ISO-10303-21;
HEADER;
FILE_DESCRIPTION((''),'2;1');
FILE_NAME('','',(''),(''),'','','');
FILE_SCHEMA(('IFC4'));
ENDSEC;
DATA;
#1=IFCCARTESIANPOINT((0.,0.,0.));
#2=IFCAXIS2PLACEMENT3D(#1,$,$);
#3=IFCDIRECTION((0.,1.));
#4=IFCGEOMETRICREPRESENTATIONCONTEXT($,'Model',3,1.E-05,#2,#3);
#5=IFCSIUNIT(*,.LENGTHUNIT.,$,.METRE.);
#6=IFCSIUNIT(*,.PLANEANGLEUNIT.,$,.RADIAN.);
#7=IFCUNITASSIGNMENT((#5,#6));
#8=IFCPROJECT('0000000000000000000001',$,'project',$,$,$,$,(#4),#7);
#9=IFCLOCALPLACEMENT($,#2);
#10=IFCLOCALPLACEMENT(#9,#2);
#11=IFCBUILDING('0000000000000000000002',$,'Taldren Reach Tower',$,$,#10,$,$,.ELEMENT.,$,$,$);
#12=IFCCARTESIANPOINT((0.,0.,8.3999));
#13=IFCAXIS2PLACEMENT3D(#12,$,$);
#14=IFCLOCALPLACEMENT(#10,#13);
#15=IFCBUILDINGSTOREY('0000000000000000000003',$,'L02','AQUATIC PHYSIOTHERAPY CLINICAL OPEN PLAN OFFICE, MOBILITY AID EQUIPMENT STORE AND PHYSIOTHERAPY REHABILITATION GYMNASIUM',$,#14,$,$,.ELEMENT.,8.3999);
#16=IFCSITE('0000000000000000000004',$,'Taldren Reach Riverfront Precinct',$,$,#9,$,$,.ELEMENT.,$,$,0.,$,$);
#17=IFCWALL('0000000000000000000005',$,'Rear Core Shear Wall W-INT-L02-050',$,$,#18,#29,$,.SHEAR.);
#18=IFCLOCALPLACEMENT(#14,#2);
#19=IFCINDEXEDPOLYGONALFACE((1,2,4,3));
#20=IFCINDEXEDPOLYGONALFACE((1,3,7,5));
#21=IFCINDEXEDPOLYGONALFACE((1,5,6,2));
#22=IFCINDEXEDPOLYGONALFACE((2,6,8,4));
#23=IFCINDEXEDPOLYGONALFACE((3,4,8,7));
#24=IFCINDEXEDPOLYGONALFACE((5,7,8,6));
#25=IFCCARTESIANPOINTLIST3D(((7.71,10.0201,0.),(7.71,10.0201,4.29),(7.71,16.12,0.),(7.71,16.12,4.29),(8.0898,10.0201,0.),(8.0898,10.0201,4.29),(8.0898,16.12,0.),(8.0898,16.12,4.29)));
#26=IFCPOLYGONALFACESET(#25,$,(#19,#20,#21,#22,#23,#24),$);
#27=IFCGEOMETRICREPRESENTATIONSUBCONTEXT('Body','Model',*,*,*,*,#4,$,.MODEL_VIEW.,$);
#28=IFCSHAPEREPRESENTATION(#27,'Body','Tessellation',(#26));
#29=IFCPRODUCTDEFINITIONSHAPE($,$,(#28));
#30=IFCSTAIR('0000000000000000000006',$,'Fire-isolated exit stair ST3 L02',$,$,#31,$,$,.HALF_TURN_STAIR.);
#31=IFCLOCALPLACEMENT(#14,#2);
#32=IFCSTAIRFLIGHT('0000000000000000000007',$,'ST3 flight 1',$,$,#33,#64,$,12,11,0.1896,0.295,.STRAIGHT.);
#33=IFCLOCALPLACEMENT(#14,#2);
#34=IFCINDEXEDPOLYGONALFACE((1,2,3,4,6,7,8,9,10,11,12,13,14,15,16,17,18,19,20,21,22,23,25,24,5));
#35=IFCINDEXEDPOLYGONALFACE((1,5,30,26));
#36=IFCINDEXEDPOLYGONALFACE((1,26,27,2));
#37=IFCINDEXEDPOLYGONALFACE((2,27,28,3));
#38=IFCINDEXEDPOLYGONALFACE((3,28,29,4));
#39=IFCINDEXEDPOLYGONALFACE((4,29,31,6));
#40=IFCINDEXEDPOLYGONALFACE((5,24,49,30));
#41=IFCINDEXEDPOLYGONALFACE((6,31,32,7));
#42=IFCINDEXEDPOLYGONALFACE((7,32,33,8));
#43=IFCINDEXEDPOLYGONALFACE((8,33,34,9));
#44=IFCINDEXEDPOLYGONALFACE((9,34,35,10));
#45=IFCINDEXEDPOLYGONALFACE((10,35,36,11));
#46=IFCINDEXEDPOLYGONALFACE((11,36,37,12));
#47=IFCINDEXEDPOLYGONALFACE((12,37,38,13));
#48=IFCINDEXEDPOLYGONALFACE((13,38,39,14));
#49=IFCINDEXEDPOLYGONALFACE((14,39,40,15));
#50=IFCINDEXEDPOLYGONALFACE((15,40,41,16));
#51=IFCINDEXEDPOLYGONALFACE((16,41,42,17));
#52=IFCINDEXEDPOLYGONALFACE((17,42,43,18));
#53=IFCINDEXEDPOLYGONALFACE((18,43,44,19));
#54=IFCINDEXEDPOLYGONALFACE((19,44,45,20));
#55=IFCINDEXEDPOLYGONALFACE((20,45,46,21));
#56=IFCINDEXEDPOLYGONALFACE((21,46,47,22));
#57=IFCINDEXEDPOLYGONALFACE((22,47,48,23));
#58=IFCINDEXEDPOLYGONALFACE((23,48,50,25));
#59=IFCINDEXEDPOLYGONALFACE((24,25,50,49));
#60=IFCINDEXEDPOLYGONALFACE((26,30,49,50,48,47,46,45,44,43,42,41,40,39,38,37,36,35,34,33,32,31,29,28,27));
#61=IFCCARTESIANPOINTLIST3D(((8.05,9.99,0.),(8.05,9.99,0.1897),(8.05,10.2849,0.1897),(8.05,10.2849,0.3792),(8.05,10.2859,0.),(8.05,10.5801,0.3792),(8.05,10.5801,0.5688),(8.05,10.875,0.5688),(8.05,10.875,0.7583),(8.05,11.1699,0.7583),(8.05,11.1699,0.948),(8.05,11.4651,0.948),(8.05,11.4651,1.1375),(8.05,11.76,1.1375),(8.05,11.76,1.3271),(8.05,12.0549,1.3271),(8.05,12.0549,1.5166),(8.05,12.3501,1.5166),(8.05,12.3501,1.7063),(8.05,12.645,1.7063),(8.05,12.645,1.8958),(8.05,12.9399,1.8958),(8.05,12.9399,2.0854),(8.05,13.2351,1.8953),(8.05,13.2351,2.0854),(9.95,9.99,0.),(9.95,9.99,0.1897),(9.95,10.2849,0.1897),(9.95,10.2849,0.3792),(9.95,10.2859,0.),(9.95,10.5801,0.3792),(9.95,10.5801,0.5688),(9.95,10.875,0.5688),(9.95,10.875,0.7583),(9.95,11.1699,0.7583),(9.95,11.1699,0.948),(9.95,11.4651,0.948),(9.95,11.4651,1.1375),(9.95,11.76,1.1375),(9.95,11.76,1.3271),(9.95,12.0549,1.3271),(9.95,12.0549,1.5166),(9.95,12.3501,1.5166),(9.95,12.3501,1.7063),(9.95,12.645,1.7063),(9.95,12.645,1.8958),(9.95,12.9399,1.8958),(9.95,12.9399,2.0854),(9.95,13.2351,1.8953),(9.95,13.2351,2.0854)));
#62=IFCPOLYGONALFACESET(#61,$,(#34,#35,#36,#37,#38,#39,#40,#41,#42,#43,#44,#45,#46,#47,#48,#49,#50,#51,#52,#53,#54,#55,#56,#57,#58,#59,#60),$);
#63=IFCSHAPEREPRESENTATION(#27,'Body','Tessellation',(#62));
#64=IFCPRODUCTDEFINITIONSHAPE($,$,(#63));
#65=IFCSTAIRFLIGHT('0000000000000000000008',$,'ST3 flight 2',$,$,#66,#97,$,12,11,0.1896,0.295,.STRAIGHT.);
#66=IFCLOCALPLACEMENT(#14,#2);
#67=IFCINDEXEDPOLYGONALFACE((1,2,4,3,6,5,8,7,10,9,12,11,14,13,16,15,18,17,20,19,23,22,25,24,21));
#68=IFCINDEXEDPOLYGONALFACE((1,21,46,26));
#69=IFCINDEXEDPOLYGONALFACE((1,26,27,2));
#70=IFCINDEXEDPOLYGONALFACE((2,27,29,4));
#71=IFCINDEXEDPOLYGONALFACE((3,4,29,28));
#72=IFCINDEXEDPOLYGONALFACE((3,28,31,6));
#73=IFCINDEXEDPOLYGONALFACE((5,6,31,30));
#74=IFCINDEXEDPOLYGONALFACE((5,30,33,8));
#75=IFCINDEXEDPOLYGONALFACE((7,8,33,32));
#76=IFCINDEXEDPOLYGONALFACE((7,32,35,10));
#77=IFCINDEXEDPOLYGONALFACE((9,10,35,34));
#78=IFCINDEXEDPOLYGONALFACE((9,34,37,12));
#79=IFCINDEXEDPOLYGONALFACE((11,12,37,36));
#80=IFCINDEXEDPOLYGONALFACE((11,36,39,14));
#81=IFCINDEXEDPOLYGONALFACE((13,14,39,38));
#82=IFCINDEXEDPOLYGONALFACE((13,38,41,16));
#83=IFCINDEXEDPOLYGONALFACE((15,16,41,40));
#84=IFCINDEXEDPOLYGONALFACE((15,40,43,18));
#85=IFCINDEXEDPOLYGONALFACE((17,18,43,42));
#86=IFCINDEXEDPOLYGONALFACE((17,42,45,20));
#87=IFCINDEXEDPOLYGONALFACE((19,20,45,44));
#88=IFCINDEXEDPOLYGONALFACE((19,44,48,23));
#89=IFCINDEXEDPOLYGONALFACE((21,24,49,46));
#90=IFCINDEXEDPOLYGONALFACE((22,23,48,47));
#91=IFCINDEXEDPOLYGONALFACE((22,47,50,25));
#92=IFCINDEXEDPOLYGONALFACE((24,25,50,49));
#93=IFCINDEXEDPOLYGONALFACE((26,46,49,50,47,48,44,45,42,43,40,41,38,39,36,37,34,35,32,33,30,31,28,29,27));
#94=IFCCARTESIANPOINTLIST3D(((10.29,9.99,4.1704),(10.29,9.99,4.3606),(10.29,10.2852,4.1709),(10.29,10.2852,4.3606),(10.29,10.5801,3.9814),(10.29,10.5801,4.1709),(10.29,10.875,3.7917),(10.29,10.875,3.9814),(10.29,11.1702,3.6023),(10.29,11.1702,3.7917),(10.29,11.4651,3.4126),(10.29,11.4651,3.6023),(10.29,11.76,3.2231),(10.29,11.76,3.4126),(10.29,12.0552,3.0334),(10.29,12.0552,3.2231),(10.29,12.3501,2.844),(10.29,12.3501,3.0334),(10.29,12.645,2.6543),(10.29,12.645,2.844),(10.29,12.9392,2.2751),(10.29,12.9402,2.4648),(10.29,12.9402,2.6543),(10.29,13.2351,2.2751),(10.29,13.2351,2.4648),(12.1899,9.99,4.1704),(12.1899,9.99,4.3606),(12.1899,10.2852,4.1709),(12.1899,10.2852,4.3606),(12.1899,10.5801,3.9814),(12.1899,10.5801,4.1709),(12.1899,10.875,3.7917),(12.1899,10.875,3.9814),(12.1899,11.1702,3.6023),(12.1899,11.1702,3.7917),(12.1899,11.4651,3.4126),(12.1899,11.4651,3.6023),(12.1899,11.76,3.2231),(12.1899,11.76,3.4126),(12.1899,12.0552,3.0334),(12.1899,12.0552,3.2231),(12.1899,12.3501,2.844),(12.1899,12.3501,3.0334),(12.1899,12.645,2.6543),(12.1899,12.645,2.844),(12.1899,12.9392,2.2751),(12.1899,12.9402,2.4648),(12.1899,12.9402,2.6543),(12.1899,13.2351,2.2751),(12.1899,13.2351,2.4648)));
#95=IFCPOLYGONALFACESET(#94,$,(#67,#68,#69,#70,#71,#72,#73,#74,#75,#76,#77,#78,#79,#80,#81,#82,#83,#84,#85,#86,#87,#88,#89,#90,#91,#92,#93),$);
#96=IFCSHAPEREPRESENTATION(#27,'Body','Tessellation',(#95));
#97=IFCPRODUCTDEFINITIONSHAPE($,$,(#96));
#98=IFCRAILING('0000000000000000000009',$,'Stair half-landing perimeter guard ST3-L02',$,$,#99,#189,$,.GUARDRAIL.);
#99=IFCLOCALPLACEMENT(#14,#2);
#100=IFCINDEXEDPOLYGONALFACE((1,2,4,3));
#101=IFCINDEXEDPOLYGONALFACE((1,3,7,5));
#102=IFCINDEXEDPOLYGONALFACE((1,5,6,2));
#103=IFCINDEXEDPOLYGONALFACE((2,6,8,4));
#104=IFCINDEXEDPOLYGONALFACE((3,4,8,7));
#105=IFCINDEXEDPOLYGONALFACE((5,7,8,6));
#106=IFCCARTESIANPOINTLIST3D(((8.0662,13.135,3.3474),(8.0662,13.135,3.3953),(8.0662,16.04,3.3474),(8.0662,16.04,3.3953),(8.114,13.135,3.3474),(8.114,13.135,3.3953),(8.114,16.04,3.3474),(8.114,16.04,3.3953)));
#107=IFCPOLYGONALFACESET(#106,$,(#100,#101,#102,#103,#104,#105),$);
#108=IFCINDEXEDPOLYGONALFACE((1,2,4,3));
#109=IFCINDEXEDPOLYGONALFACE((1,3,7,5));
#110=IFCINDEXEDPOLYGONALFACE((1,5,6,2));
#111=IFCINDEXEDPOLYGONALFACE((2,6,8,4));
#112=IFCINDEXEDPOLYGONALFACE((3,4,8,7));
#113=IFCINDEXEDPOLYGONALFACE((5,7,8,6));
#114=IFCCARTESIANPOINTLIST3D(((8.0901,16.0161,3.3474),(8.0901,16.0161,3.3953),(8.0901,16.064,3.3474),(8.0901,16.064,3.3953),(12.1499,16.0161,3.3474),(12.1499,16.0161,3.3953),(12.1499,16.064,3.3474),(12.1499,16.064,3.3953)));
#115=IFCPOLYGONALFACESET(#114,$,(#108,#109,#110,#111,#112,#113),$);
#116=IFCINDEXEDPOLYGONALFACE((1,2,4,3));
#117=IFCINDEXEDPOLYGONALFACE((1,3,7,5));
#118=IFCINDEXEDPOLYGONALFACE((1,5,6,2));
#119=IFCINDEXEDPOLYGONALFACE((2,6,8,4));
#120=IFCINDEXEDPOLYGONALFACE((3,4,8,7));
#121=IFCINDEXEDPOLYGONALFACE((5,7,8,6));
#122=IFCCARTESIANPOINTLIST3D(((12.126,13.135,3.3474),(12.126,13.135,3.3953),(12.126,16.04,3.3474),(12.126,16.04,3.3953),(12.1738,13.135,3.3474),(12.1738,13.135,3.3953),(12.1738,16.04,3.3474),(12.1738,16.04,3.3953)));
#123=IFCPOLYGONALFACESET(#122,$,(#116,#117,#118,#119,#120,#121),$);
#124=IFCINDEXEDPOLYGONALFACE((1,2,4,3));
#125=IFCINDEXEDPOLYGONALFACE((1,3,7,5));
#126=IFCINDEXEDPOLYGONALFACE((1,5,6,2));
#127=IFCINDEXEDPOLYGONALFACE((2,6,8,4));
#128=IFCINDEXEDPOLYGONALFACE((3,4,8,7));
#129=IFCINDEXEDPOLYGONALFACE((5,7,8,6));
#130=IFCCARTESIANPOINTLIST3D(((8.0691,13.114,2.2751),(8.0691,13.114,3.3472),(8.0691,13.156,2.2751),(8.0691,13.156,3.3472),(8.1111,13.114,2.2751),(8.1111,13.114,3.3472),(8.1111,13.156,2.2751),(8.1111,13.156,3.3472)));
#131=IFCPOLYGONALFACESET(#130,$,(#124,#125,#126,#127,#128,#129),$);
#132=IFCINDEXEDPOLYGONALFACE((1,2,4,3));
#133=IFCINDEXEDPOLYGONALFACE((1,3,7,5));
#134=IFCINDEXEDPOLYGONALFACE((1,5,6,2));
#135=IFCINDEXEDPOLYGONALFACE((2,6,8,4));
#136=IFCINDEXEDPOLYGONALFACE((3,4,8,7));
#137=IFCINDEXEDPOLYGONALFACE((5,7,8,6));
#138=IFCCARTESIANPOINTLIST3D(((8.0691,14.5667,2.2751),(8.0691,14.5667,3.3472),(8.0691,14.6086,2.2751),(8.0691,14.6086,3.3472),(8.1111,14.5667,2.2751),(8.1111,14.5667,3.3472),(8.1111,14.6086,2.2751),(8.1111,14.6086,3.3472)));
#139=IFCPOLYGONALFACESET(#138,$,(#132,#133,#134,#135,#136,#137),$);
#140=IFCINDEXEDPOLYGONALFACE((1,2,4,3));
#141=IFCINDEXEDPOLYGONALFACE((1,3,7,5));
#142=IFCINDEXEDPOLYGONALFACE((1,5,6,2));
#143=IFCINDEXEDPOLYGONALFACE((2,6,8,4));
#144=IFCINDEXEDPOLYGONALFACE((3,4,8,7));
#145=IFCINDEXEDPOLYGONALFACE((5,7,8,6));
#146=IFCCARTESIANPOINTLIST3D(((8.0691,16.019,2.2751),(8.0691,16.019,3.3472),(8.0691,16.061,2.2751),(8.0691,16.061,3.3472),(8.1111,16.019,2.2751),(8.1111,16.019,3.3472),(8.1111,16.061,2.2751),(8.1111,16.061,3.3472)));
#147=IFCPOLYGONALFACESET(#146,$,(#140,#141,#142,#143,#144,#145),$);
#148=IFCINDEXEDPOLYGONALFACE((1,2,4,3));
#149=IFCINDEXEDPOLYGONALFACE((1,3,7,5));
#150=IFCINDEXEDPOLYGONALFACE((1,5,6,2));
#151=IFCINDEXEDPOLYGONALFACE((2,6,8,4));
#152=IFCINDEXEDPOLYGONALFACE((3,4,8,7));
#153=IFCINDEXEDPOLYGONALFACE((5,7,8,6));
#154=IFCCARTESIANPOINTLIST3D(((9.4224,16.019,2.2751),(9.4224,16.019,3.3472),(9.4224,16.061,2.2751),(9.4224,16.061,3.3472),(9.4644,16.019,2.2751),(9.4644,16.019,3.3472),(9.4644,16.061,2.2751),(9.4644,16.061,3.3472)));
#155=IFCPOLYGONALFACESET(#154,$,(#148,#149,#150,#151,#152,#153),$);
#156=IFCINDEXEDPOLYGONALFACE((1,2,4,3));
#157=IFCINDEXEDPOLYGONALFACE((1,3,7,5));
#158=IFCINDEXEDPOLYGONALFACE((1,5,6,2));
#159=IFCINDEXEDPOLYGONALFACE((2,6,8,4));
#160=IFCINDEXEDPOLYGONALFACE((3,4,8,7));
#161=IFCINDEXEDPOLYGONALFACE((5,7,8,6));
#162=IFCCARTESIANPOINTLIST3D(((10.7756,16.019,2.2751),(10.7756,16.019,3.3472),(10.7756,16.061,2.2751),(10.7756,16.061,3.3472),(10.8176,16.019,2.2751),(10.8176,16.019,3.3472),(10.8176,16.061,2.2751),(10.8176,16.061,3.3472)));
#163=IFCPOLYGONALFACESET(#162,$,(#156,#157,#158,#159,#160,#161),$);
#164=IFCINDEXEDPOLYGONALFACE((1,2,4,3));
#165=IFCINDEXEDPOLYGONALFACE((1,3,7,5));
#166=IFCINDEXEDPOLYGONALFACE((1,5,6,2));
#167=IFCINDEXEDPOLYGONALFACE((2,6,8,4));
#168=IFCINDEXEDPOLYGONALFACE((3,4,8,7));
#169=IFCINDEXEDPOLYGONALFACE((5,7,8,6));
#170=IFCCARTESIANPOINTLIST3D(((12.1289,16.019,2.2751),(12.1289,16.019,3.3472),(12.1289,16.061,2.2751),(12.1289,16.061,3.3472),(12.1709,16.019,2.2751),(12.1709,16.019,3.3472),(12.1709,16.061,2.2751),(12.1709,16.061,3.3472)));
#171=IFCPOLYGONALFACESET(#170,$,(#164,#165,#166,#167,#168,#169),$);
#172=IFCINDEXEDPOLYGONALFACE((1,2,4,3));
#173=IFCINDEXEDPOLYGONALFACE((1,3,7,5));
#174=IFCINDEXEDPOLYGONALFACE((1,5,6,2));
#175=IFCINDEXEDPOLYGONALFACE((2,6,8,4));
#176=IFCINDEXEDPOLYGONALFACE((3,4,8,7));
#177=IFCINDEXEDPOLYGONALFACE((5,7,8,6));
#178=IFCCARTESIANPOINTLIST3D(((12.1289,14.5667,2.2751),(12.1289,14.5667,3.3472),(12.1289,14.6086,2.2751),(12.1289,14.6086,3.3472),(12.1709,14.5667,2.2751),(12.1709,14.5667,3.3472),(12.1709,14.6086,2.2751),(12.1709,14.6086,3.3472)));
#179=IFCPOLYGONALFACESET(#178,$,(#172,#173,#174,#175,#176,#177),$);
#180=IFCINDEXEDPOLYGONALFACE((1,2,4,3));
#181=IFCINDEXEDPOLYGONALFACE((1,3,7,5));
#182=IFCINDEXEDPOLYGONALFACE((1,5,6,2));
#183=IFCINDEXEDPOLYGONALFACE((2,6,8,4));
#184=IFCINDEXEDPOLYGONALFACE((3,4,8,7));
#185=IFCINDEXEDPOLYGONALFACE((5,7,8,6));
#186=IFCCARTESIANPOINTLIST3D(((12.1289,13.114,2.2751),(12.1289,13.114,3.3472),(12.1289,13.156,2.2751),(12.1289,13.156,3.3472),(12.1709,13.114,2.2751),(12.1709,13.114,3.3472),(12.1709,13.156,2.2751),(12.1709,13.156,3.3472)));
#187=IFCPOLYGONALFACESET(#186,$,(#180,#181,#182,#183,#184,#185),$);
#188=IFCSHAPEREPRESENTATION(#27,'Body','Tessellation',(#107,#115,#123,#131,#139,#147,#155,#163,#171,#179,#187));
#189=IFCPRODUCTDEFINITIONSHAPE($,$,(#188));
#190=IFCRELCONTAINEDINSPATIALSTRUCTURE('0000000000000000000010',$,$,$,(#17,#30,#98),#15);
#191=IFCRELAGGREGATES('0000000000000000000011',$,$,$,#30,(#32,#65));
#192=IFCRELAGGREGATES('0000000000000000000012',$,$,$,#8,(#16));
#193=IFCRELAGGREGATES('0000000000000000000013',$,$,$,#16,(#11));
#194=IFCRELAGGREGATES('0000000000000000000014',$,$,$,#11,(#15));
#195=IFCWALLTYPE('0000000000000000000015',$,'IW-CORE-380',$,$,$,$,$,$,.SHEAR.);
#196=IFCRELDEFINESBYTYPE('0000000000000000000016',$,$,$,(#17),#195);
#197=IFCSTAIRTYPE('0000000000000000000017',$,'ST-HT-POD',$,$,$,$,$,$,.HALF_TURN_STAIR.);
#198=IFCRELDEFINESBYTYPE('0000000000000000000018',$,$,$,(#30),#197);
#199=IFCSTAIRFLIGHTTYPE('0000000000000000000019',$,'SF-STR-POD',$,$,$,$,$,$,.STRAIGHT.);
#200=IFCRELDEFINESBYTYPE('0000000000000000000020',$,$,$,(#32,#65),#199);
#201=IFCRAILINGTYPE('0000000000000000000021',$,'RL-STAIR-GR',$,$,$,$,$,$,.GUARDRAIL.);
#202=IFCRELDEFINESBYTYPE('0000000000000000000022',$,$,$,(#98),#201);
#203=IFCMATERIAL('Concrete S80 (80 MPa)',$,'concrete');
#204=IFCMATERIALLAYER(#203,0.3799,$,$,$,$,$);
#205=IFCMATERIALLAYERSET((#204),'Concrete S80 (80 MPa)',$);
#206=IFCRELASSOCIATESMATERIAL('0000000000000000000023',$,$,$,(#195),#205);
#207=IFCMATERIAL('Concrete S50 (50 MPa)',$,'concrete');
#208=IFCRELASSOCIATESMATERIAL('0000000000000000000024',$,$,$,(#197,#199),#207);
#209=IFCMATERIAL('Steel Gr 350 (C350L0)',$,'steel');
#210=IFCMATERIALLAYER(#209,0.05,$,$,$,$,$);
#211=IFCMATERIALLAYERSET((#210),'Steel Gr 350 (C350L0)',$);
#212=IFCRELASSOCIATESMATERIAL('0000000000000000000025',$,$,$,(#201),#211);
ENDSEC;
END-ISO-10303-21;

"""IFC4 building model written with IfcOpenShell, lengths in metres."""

from ifc_helpers import new_model, si_unit, direction, frame, frame_2d, origin, origin_2d, place, context, subcontext, project, spatial, polyline, rectangle, outline, extrude, source, transform, mapped, material, layer, layer_set, type_object, element, aggregate, save


model = new_model("IFC4")

# Units and contexts
model_context = context("Model", 3, precision=1e-05, world=origin(), true_north=direction((0.0, 1.0)))
body_context = subcontext(model_context, "Body", "Model", "MODEL_VIEW")
ifc_project = project(units=[si_unit("LENGTHUNIT", "METRE"), si_unit("PLANEANGLEUNIT", "RADIAN")], contexts=[model_context])

# Site, building, storey
site_placement = place(None, origin())
site = spatial("IfcSite", under=ifc_project, at=site_placement, Name="Taldren Reach Riverfront Precinct", CompositionType="ELEMENT", RefElevation=0.0)
building_placement = place(site_placement, origin())
building = spatial("IfcBuilding", under=site, at=building_placement, Name="Taldren Reach Tower", CompositionType="ELEMENT")
storey_placement = place(building_placement, frame((0.0, 0.0, 8.3999)))
storey = spatial("IfcBuildingStorey", under=building, at=storey_placement, Name="L02", Description="AQUATIC PHYSIOTHERAPY CLINICAL OPEN PLAN OFFICE, MOBILITY AID EQUIPMENT STORE AND PHYSIOTHERAPY REHABILITATION GYMNASIUM", CompositionType="ELEMENT", Elevation=8.3999)

# Shared definitions
ifc_material_1 = material(Name="Steel Gr 350 (C350L0)", Category="steel")

# Wall
ifc_material_2 = material(Name="Concrete S80 (80 MPa)", Category="concrete")
ifc_layer_1 = layer(ifc_material_2, 0.3799)
ifc_layer_set_1 = layer_set([ifc_layer_1], Name="Concrete S80 (80 MPa)")
wall_type = type_object("IfcWallType", Name="IW-CORE-380", PredefinedType="SHEAR", material=ifc_layer_set_1)
shared_shape_1 = source(origin(), body_context, "Body", "SweptSolid", [
    extrude(rectangle(XDim=6.0999, YDim=0.3799, at=frame_2d((3.0498, 0.0))), origin(), (0.0, 0.0, 1.0), 4.29),
])
wall_1_placement = place(storey_placement, frame((7.8999, 10.0203, 0.0), z_axis=(0.0, 0.0, 1.0), x_axis=(0.0, 1.0, 0.0)))
element("IfcWall", 1, at=wall_1_placement, inside=storey, type_object=wall_type, Name="Rear Core Shear Wall W-INT-L02-050", PredefinedType="SHEAR", context=body_context, shape_type="MappedRepresentation", body=[
    mapped(shared_shape_1, transform((0.0, 0.0, 0.0), scale=1.0)),
])

# Stair, stair flights
ifc_material_3 = material(Name="Concrete S50 (50 MPa)", Category="concrete")
stair_type = type_object("IfcStairType", Name="ST-HT-POD", PredefinedType="HALF_TURN_STAIR", material=ifc_material_3)
stair_placement = place(storey_placement, origin())
stair = element("IfcStair", 2, at=stair_placement, inside=storey, type_object=stair_type, Name="Fire-isolated exit stair ST3 L02", PredefinedType="HALF_TURN_STAIR")
stair_flight_type = type_object("IfcStairFlightType", Name="SF-STR-POD", PredefinedType="STRAIGHT", material=ifc_material_3)
stair_flight_1_placement = place(storey_placement, frame((9.0, 9.99, 0.0), z_axis=(0.0, 0.0, 1.0), x_axis=(0.0, 1.0, 0.0)))
stair_flight_1 = element("IfcStairFlight", 3, at=stair_flight_1_placement, type_object=stair_flight_type, Name="ST3 flight 1", NumberOfRisers=12, NumberOfTreads=11, PredefinedType="STRAIGHT", RiserHeight=0.1896, TreadLength=0.295, context=body_context, shape_type="SweptSolid", body=[
    extrude(outline(polyline([(0.0, 0.0), (0.0, 0.1897), (0.2949, 0.1897), (0.2949, 0.3792), (0.5901, 0.3792), (0.5901, 0.5688), (0.885, 0.5688), (0.885, 0.7583), (1.1799, 0.7583), (1.1799, 0.948), (1.4751, 0.948), (1.4751, 1.1375), (1.77, 1.1375), (1.77, 1.3271), (2.0649, 1.3271), (2.0649, 1.5166), (2.3601, 1.5166), (2.3601, 1.7063), (2.655, 1.7063), (2.655, 1.8958), (2.95, 1.8958), (2.95, 2.0854), (3.2451, 2.0854), (3.2451, 2.2749), (3.2451, 1.8953), (0.2959, 0.0), (0.0, 0.0)])), frame((0.0, 0.95, 0.0), z_axis=(0.0, -1.0, 0.0), x_axis=(1.0, 0.0, 0.0)), (0.0, 0.0, 1.0), 1.8999),
])
stair_flight_2_placement = place(storey_placement, frame((11.24, 13.2351, 2.2751), z_axis=(0.0, 0.0, 1.0), x_axis=(0.0, -1.0, 0.0)))
stair_flight_2 = element("IfcStairFlight", 4, at=stair_flight_2_placement, type_object=stair_flight_type, Name="ST3 flight 2", NumberOfRisers=12, NumberOfTreads=11, PredefinedType="STRAIGHT", RiserHeight=0.1896, TreadLength=0.295, context=body_context, shape_type="SweptSolid", body=[
    extrude(outline(polyline([(0.0, 0.0), (0.0, 0.1897), (0.2949, 0.1897), (0.2949, 0.3792), (0.5901, 0.3792), (0.5901, 0.5688), (0.885, 0.5688), (0.885, 0.7583), (1.1799, 0.7583), (1.1799, 0.948), (1.4751, 0.948), (1.4751, 1.1375), (1.77, 1.1375), (1.77, 1.3271), (2.0649, 1.3271), (2.0649, 1.5166), (2.3601, 1.5166), (2.3601, 1.7063), (2.655, 1.7063), (2.655, 1.8958), (2.95, 1.8958), (2.95, 2.0854), (3.2451, 2.0854), (3.2451, 2.2749), (3.2451, 1.8953), (0.2959, 0.0), (0.0, 0.0)])), frame((0.0, 0.95, 0.0), z_axis=(0.0, -1.0, 0.0), x_axis=(1.0, 0.0, 0.0)), (0.0, 0.0, 1.0), 1.8999),
])
aggregate(stair, [stair_flight_1, stair_flight_2])

# Railing
ifc_layer_2 = layer(ifc_material_1, 0.05)
ifc_layer_set_2 = layer_set([ifc_layer_2], Name="Steel Gr 350 (C350L0)")
railing_type_1 = type_object("IfcRailingType", Name="RL-STAIR-GR", PredefinedType="GUARDRAIL", material=ifc_layer_set_2)
railing_1_placement = place(storey_placement, frame((8.0901, 13.135, 2.2751)))
element("IfcRailing", 5, at=railing_1_placement, inside=storey, type_object=railing_type_1, Name="Stair half-landing perimeter guard ST3-L02", PredefinedType="GUARDRAIL", context=body_context, shape_type="SweptSolid", body=[
    extrude(rectangle(XDim=0.0479, YDim=0.0479, at=origin_2d()), frame((0.0, 0.0, 1.0962), z_axis=(0.0, 1.0, 0.0), x_axis=(-1.0, 0.0, 0.0)), (0.0, 0.0, 1.0), 2.905),
    extrude(rectangle(XDim=0.0479, YDim=0.0479, at=origin_2d()), frame((0.0, 2.905, 1.0962), z_axis=(1.0, 0.0, 0.0), x_axis=(0.0, 1.0, 0.0)), (0.0, 0.0, 1.0), 4.0598),
    extrude(rectangle(XDim=0.0479, YDim=0.0479, at=origin_2d()), frame((4.0598, 2.905, 1.0962), z_axis=(0.0, -1.0, 0.0), x_axis=(1.0, 0.0, 0.0)), (0.0, 0.0, 1.0), 2.905),
    extrude(rectangle(XDim=0.042, YDim=0.042, at=origin_2d()), origin(), (0.0, 0.0, 1.0), 1.072),
    extrude(rectangle(XDim=0.042, YDim=0.042, at=origin_2d()), frame((0.0, 1.4526, 0.0)), (0.0, 0.0, 1.0), 1.072),
    extrude(rectangle(XDim=0.042, YDim=0.042, at=origin_2d()), frame((0.0, 2.905, 0.0)), (0.0, 0.0, 1.0), 1.072),
    extrude(rectangle(XDim=0.042, YDim=0.042, at=origin_2d()), frame((1.3533, 2.905, 0.0)), (0.0, 0.0, 1.0), 1.072),
    extrude(rectangle(XDim=0.042, YDim=0.042, at=origin_2d()), frame((2.7065, 2.905, 0.0)), (0.0, 0.0, 1.0), 1.072),
    extrude(rectangle(XDim=0.042, YDim=0.042, at=origin_2d()), frame((4.0598, 2.905, 0.0)), (0.0, 0.0, 1.0), 1.072),
    extrude(rectangle(XDim=0.042, YDim=0.042, at=origin_2d()), frame((4.0598, 1.4526, 0.0)), (0.0, 0.0, 1.0), 1.072),
    extrude(rectangle(XDim=0.042, YDim=0.042, at=origin_2d()), frame((4.0598, 0.0, 0.0)), (0.0, 0.0, 1.0), 1.072),
])

save(model, "model.ifc")
